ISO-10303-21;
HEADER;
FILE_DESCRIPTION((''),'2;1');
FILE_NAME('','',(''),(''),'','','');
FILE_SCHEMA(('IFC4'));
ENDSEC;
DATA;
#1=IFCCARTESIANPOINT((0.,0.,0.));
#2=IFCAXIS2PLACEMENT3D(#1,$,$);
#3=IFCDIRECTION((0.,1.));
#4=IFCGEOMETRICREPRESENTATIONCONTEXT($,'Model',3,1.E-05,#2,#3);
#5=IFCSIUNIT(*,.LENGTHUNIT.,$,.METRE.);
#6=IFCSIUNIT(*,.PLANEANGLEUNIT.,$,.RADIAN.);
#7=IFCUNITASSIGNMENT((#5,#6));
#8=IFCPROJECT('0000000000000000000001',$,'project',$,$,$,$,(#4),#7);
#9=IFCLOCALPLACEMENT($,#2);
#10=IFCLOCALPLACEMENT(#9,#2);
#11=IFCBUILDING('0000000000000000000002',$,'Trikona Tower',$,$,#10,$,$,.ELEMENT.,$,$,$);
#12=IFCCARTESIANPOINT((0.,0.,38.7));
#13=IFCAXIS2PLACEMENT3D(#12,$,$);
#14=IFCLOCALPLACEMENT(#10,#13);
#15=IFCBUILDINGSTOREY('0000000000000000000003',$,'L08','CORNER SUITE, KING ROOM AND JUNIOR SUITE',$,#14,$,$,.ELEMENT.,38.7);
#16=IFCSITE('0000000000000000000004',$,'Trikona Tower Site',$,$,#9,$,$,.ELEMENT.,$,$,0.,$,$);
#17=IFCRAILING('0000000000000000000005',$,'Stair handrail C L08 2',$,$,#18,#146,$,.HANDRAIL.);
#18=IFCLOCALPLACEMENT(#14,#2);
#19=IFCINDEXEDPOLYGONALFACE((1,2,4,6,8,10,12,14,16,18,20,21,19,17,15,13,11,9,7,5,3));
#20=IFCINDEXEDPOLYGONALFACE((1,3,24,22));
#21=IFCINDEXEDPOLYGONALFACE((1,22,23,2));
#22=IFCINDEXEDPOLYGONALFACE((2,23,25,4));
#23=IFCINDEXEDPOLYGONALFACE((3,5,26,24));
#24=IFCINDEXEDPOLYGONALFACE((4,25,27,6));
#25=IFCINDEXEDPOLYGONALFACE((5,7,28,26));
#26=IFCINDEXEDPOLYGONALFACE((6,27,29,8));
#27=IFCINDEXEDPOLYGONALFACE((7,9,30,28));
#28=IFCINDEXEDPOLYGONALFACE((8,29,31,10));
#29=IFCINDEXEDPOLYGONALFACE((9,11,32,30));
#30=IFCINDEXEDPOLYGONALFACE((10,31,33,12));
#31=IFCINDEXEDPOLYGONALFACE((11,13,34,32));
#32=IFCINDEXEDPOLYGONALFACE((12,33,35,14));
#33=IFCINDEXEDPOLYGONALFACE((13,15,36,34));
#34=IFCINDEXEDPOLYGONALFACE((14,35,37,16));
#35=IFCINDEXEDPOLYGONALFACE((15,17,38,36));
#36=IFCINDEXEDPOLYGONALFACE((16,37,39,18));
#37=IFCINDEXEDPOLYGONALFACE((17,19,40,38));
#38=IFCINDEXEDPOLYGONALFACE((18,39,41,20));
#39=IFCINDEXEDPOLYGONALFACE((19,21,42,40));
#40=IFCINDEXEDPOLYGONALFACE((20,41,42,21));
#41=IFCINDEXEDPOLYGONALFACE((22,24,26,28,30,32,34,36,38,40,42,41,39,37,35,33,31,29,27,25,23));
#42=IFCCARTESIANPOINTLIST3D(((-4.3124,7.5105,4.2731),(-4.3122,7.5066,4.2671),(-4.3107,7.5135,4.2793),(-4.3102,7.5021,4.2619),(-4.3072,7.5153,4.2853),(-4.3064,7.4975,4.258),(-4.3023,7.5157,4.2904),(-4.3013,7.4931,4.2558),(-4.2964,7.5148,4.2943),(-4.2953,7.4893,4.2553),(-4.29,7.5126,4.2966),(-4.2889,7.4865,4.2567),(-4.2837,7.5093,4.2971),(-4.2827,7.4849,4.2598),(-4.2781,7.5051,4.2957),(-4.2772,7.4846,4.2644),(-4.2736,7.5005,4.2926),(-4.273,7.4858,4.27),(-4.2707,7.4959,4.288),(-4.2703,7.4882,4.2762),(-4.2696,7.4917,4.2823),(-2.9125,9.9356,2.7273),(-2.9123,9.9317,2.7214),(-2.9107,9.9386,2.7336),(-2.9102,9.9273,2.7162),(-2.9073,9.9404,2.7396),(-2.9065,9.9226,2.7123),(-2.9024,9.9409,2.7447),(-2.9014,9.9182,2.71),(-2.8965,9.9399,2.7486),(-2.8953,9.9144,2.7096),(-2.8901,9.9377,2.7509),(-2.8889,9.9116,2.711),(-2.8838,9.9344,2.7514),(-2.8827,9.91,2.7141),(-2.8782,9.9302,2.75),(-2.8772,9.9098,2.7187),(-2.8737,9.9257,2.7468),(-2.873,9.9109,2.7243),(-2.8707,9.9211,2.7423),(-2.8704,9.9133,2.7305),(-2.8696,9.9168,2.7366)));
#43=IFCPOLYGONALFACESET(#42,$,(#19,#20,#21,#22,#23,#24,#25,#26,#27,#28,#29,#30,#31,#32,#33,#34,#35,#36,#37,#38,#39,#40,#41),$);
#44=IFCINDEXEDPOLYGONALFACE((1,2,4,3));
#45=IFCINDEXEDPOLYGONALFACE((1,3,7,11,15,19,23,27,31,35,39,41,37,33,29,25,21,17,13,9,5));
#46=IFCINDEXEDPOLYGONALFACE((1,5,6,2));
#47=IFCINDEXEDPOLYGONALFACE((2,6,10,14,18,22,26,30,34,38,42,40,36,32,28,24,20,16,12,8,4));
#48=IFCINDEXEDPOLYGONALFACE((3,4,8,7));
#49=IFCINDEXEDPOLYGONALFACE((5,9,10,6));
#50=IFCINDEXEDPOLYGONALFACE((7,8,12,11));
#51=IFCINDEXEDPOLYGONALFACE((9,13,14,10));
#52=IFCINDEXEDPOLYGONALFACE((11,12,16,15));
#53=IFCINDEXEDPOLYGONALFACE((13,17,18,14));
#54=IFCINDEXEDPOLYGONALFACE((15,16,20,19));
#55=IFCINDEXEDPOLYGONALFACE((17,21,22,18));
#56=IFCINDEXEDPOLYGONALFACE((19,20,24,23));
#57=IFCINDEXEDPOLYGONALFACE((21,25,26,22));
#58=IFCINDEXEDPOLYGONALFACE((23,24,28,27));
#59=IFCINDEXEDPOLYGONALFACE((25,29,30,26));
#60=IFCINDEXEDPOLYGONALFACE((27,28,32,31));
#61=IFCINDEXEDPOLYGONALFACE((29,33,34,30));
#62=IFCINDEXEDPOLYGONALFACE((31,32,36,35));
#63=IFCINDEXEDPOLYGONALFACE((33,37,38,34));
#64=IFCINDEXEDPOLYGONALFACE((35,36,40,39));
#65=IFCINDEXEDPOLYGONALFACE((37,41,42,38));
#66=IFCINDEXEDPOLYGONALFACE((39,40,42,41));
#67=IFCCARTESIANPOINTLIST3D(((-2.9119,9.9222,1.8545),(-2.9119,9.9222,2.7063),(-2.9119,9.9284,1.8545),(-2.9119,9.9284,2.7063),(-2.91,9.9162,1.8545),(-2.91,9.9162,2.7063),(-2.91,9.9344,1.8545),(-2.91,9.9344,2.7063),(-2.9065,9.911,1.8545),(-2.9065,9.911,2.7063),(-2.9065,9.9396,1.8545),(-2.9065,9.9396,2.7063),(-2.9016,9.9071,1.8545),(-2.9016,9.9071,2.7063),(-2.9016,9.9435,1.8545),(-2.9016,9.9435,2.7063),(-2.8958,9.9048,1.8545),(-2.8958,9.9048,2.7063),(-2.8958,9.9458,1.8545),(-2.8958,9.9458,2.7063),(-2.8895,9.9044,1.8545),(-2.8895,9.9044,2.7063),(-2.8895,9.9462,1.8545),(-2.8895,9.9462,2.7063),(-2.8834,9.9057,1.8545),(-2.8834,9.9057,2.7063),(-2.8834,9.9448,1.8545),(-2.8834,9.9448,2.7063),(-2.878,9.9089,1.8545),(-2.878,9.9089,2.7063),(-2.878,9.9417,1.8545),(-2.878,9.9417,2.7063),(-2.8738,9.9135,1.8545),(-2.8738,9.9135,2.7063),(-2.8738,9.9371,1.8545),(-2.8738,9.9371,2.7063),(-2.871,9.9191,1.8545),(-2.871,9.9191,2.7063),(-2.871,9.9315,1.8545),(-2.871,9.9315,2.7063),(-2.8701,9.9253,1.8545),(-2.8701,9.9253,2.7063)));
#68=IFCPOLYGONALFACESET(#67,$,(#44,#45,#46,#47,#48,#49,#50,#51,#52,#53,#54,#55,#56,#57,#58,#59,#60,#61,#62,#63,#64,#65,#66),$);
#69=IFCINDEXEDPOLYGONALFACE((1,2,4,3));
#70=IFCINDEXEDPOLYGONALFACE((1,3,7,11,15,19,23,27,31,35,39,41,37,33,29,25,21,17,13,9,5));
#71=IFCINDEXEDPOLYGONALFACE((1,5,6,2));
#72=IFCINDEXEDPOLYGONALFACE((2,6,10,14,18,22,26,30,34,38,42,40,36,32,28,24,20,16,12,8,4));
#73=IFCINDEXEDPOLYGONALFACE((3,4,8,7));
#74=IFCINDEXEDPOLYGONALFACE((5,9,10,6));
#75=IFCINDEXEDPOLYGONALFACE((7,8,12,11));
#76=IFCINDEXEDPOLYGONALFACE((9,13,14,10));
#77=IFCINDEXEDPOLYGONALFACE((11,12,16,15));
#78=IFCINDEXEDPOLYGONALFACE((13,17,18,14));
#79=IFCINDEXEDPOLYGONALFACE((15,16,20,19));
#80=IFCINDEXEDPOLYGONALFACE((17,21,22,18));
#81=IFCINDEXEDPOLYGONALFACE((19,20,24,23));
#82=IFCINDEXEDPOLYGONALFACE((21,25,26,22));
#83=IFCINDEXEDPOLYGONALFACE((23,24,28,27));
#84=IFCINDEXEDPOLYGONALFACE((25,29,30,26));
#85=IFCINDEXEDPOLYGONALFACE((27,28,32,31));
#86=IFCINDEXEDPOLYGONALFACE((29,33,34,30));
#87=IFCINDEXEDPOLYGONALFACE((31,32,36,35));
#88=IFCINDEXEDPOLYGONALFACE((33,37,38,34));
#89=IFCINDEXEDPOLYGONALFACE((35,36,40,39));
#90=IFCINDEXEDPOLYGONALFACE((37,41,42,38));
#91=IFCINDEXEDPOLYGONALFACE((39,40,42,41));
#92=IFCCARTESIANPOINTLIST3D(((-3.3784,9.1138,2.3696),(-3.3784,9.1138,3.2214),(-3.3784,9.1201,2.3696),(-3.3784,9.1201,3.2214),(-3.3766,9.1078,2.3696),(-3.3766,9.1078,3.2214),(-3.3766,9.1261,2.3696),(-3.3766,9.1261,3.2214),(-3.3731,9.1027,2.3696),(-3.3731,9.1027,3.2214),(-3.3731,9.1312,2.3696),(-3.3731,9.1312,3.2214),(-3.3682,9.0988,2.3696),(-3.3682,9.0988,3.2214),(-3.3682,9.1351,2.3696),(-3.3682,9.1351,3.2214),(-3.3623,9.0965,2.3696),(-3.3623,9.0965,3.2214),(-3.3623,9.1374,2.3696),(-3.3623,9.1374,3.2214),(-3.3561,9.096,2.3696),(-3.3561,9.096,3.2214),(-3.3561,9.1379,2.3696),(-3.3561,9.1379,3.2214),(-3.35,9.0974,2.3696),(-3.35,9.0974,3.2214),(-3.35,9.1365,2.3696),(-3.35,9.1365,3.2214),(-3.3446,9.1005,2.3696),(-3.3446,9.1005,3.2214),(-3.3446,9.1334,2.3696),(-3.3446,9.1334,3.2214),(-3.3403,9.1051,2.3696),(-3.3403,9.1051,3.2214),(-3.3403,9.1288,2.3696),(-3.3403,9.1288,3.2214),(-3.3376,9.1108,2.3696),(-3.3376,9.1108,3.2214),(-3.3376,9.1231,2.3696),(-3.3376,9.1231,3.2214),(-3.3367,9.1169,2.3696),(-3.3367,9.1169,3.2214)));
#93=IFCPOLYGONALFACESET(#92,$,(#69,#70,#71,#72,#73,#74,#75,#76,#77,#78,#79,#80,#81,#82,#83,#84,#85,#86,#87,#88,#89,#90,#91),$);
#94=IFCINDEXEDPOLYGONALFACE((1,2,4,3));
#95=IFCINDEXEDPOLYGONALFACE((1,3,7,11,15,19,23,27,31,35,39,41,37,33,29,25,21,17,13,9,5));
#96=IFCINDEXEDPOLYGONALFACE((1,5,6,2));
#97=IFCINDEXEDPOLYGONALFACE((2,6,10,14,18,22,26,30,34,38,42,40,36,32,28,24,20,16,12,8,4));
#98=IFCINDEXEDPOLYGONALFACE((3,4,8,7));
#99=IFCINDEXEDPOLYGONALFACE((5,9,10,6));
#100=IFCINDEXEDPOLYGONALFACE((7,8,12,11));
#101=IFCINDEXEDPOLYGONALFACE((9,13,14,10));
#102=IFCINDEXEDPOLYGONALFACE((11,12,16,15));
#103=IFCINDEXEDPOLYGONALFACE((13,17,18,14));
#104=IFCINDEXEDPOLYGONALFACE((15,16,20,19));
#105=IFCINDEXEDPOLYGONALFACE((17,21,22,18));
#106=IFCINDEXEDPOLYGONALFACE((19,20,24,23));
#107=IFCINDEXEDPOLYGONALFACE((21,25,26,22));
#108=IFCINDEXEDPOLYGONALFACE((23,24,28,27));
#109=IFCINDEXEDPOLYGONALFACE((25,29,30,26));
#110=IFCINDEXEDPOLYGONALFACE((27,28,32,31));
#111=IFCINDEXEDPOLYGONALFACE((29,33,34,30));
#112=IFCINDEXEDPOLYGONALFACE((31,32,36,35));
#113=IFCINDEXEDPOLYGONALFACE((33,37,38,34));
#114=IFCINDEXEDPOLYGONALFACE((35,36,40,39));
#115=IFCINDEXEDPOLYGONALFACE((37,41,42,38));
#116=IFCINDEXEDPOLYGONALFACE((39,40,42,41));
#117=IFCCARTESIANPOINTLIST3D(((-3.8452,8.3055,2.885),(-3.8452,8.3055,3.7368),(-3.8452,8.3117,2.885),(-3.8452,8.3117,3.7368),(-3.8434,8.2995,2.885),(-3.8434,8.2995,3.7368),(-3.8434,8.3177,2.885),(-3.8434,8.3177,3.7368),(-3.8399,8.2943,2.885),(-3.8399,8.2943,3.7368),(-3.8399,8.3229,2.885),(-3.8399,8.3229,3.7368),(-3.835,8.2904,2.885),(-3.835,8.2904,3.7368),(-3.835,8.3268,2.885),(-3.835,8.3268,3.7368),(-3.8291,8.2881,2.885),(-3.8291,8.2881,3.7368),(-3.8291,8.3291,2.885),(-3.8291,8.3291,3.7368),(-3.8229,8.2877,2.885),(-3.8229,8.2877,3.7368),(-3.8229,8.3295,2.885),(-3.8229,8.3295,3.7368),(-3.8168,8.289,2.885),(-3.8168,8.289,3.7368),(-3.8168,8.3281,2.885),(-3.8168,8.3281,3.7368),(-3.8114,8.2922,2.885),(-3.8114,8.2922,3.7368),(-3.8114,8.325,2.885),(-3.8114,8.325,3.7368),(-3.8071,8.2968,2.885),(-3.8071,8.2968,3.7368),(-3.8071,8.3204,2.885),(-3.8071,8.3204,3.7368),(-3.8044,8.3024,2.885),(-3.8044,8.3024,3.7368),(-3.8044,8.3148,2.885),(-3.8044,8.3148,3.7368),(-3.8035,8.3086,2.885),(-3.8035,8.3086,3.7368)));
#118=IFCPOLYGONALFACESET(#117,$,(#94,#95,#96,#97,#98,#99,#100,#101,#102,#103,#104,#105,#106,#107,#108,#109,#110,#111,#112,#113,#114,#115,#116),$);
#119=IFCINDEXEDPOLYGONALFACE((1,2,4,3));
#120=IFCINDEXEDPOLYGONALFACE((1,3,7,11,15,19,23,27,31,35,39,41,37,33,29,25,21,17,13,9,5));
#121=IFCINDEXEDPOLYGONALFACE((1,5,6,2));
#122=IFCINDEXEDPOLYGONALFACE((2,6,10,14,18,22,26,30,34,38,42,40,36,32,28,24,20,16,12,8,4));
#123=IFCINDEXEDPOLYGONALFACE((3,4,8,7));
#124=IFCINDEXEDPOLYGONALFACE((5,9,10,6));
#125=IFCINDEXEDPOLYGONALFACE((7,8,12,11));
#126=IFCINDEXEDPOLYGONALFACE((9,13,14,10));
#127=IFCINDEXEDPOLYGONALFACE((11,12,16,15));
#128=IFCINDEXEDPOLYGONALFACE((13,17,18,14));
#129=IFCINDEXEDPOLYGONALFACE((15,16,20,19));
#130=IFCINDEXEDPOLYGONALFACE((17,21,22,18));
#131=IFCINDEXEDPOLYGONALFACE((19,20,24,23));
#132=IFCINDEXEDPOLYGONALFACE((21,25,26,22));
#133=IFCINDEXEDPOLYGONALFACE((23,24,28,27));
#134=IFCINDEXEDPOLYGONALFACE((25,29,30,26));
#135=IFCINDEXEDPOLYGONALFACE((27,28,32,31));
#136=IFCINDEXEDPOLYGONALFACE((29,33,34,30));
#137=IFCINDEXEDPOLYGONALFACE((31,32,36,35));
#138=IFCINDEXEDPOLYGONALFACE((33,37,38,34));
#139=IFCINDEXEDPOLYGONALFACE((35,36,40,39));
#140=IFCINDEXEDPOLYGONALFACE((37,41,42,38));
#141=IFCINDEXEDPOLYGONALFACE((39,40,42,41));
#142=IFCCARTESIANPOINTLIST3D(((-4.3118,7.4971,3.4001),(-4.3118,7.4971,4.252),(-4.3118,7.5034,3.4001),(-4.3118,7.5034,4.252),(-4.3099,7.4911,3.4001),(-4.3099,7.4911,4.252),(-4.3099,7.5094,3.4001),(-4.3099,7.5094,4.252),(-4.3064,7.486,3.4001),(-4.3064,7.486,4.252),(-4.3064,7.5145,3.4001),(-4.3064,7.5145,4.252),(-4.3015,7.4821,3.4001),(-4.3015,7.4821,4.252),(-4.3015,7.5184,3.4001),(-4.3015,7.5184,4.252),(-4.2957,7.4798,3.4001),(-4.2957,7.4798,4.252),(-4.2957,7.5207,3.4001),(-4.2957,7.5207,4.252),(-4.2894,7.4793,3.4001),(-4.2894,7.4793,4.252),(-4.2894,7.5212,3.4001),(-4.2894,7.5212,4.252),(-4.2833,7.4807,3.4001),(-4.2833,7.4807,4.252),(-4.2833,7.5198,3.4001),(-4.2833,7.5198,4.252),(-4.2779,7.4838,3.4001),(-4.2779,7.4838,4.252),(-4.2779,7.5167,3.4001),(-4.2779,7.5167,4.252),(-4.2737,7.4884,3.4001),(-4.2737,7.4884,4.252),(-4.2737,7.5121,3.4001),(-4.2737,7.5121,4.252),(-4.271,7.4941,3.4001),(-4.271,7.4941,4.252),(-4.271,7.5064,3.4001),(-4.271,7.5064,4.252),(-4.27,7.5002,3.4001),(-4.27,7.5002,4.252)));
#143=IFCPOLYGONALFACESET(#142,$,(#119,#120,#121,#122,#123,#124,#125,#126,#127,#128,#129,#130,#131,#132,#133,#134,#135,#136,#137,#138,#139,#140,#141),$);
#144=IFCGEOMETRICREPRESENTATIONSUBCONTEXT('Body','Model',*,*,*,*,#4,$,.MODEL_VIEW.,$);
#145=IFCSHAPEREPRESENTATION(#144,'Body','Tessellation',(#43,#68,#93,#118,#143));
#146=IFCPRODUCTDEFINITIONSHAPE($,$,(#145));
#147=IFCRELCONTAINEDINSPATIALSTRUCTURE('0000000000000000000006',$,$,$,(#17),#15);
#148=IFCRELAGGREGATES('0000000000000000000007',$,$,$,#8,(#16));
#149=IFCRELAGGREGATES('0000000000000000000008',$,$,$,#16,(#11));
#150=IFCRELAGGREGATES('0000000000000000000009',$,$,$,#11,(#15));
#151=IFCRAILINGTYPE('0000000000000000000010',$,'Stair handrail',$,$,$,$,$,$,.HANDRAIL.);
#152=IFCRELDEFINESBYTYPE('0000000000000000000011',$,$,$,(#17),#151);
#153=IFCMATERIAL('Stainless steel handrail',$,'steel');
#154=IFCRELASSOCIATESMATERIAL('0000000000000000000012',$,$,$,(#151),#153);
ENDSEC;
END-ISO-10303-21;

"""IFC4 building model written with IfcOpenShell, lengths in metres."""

from ifc_helpers import new_model, si_unit, direction, frame, origin, origin_2d, place, context, subcontext, project, spatial, circle, extrude, material, type_object, element, save


model = new_model("IFC4")

# Units and contexts
model_context = context("Model", 3, precision=1e-05, world=origin(), true_north=direction((0.0, 1.0)))
body_context = subcontext(model_context, "Body", "Model", "MODEL_VIEW")
ifc_project = project(units=[si_unit("LENGTHUNIT", "METRE"), si_unit("PLANEANGLEUNIT", "RADIAN")], contexts=[model_context])

# Site, building, storey
site_placement = place(None, origin())
site = spatial("IfcSite", under=ifc_project, at=site_placement, Name="Trikona Tower Site", CompositionType="ELEMENT", RefElevation=0.0)
building_placement = place(site_placement, origin())
building = spatial("IfcBuilding", under=site, at=building_placement, Name="Trikona Tower", CompositionType="ELEMENT")
storey_placement = place(building_placement, frame((0.0, 0.0, 38.7)))
storey = spatial("IfcBuildingStorey", under=building, at=storey_placement, Name="L08", Description="CORNER SUITE, KING ROOM AND JUNIOR SUITE", CompositionType="ELEMENT", Elevation=38.7)

# Railing
ifc_material_1 = material(Name="Stainless steel handrail", Category="steel")
railing_type = type_object("IfcRailingType", Name="Stair handrail", PredefinedType="HANDRAIL", material=ifc_material_1)
railing_1_placement = place(storey_placement, frame((-2.8911, 9.9253, 1.8545)))
element("IfcRailing", 1, at=railing_1_placement, inside=storey, type_object=railing_type, Name="Stair handrail C L08 2", PredefinedType="HANDRAIL", context=body_context, shape_type="SweptSolid", body=[
    extrude(circle(Radius=0.0239, at=origin_2d()), frame((0.0, 0.0, 0.876), z_axis=(-0.437691, -0.758212, 0.483262), x_axis=(0.866056, -0.499946, 0.0)), (0.0, 0.0, 1.0), 3.1985),
    extrude(circle(Radius=0.021, at=origin_2d()), origin(), (0.0, 0.0, 1.0), 0.8518),
    extrude(circle(Radius=0.021, at=origin_2d()), frame((-0.4666, -0.8083, 0.5151)), (0.0, 0.0, 1.0), 0.8518),
    extrude(circle(Radius=0.021, at=origin_2d()), frame((-0.9333, -1.6167, 1.0305)), (0.0, 0.0, 1.0), 0.8518),
    extrude(circle(Radius=0.021, at=origin_2d()), frame((-1.3999, -2.425, 1.5457)), (0.0, 0.0, 1.0), 0.8518),
])

save(model, "model.ifc")
